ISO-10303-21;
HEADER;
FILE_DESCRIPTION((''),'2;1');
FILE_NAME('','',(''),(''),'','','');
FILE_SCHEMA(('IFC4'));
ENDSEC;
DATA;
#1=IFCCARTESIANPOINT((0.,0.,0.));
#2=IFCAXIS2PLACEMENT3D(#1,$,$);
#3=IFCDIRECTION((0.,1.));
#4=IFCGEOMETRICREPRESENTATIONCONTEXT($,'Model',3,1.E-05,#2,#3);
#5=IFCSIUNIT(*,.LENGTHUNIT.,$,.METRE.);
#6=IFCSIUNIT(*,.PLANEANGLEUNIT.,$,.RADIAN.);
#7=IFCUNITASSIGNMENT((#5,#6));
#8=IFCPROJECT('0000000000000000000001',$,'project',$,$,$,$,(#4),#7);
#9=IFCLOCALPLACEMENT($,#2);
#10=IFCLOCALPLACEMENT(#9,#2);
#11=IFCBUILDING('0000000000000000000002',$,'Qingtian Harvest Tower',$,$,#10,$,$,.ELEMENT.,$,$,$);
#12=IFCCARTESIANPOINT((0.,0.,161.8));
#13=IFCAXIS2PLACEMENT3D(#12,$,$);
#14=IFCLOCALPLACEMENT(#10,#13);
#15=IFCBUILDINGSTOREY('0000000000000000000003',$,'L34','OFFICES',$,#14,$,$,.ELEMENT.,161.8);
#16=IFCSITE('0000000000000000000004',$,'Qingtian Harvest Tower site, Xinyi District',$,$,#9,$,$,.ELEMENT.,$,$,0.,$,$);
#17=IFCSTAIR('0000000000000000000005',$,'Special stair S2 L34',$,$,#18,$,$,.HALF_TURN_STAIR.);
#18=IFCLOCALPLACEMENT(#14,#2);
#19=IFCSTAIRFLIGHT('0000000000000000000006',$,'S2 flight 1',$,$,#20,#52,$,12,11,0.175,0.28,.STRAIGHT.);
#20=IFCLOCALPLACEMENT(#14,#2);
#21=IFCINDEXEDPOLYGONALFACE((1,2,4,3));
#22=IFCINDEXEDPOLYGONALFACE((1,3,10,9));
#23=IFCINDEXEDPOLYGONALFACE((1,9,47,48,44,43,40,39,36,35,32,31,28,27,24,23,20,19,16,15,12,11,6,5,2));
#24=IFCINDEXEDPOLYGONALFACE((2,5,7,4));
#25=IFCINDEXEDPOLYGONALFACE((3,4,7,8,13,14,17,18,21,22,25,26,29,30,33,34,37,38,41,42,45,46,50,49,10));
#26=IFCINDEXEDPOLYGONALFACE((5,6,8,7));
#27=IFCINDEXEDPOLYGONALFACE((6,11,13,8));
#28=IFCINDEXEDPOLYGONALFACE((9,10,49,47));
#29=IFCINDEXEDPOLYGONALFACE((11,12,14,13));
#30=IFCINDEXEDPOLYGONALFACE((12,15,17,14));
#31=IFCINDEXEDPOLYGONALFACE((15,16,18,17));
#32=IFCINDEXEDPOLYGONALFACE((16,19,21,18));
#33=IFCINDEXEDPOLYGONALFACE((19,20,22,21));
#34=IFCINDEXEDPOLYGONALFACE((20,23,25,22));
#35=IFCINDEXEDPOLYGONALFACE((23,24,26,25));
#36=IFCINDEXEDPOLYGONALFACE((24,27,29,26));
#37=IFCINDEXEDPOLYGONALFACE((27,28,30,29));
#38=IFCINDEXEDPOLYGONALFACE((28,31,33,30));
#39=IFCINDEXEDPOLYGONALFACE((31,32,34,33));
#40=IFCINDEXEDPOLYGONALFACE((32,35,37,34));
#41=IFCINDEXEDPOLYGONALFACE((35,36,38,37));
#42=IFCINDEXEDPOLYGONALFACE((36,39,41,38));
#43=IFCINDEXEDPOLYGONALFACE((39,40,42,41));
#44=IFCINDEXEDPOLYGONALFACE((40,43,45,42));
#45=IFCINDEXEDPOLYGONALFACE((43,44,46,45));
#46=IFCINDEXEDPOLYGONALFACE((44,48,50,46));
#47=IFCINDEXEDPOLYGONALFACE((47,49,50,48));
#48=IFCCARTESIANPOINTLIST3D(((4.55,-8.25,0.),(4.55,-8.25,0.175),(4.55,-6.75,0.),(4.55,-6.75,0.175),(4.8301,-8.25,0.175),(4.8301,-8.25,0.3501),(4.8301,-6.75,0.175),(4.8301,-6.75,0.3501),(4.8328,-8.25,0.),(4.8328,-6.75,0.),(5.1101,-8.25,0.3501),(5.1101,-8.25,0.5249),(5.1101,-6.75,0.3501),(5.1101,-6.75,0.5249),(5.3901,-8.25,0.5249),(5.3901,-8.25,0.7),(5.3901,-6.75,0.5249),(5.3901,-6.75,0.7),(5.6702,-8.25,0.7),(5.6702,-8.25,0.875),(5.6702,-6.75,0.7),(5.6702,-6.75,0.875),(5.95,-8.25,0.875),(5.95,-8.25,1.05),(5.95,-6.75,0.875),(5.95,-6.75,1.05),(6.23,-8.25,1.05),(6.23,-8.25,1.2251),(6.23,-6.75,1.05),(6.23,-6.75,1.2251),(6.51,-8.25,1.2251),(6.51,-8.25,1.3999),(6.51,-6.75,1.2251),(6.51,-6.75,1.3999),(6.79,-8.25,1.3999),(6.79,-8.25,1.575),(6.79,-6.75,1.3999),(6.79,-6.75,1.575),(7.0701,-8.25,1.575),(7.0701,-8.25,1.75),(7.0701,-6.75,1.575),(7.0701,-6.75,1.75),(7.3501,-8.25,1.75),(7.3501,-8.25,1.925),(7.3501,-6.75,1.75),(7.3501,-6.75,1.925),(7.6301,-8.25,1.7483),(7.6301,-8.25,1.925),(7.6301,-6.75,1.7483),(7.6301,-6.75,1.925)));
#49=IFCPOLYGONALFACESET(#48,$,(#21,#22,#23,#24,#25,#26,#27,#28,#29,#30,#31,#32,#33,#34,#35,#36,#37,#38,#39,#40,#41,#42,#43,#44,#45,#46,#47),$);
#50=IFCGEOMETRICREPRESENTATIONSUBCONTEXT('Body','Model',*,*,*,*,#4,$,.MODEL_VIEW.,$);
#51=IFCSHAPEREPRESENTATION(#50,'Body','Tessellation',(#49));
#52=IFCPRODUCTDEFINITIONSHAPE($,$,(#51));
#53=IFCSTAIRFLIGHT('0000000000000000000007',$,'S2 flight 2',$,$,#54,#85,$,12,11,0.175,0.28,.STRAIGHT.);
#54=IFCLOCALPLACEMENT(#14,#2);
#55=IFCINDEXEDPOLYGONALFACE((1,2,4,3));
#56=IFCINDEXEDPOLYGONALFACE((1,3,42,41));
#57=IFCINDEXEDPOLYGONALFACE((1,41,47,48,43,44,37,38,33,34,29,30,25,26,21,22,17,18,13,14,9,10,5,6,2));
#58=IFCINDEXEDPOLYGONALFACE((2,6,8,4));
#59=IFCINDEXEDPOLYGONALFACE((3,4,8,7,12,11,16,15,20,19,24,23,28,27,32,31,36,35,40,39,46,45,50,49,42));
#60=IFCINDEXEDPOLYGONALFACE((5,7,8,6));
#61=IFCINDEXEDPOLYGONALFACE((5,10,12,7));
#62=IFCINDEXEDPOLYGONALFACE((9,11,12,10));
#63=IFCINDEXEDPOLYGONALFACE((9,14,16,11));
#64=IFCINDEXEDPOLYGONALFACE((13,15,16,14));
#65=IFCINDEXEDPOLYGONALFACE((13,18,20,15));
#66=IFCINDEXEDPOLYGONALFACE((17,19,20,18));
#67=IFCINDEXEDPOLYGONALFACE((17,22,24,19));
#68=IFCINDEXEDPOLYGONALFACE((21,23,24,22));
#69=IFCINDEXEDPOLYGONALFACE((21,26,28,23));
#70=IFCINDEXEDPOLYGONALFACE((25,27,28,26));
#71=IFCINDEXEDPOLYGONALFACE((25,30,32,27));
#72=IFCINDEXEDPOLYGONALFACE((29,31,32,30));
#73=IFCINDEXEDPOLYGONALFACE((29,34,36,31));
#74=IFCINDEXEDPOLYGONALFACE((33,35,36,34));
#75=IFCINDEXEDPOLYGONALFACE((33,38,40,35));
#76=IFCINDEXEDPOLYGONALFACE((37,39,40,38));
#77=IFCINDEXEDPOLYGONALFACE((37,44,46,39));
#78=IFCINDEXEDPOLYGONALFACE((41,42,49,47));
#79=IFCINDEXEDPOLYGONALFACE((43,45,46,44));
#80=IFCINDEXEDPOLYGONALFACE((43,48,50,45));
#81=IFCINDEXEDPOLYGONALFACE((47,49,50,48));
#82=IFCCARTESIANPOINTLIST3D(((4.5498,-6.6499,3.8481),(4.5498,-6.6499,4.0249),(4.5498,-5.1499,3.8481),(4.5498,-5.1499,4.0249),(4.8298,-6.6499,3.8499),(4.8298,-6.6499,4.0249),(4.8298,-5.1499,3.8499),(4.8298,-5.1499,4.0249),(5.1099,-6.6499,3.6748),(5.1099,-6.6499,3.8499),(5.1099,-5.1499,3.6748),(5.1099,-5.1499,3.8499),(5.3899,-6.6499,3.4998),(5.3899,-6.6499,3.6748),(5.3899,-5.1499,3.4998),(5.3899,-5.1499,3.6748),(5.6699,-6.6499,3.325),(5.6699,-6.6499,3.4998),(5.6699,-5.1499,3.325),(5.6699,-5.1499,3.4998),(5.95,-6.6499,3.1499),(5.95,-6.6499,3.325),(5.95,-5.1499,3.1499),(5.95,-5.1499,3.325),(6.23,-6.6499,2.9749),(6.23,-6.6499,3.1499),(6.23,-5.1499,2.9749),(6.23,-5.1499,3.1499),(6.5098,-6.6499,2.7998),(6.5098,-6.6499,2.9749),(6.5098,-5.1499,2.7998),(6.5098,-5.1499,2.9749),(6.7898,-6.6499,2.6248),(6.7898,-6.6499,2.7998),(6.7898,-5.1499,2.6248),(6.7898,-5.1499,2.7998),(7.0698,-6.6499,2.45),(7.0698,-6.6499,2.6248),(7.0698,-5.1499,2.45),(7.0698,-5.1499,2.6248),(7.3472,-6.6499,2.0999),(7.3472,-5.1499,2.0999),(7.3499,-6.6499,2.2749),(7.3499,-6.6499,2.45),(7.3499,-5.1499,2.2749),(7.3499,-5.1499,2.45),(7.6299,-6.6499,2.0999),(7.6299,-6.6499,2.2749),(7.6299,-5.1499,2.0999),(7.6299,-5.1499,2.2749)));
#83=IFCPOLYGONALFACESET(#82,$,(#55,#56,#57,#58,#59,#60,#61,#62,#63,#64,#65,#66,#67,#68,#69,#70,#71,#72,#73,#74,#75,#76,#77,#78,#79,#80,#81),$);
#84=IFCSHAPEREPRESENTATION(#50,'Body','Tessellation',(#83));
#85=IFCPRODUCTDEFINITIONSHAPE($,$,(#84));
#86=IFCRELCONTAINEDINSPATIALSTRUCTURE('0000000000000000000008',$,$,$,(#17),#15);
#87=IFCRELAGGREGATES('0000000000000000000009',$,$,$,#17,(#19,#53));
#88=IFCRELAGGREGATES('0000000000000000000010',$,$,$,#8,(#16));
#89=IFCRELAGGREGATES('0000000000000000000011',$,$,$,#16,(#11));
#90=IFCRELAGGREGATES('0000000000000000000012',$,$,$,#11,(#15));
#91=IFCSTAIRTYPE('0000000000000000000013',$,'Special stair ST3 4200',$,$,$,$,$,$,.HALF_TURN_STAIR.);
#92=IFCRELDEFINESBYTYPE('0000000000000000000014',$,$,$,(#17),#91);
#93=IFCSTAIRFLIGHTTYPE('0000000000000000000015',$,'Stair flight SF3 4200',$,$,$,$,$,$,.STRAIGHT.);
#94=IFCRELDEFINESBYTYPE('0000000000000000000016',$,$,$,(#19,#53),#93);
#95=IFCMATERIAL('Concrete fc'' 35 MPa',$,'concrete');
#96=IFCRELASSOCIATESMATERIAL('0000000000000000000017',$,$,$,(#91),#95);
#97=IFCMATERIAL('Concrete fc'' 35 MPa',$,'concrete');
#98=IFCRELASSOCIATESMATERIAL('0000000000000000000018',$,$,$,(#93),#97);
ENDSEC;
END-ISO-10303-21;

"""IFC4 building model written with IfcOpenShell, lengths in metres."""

from ifc_helpers import new_model, si_unit, direction, frame, origin, place, context, subcontext, project, spatial, polyline, outline, extrude, material, type_object, element, aggregate, save


model = new_model("IFC4")

# Units and contexts
model_context = context("Model", 3, precision=1e-05, world=origin(), true_north=direction((0.0, 1.0)))
body_context = subcontext(model_context, "Body", "Model", "MODEL_VIEW")
ifc_project = project(units=[si_unit("LENGTHUNIT", "METRE"), si_unit("PLANEANGLEUNIT", "RADIAN")], contexts=[model_context])

# Site, building, storey
site_placement = place(None, origin())
site = spatial("IfcSite", under=ifc_project, at=site_placement, Name="Qingtian Harvest Tower site, Xinyi District", CompositionType="ELEMENT", RefElevation=0.0)
building_placement = place(site_placement, origin())
building = spatial("IfcBuilding", under=site, at=building_placement, Name="Qingtian Harvest Tower", CompositionType="ELEMENT")
storey_placement = place(building_placement, frame((0.0, 0.0, 161.8)))
storey = spatial("IfcBuildingStorey", under=building, at=storey_placement, Name="L34", Description="OFFICES", CompositionType="ELEMENT", Elevation=161.8)

# Stair, stair flights
ifc_material_1 = material(Name="Concrete fc' 35 MPa", Category="concrete")
stair_type = type_object("IfcStairType", Name="Special stair ST3 4200", PredefinedType="HALF_TURN_STAIR", material=ifc_material_1)
stair_placement = place(storey_placement, origin())
stair = element("IfcStair", 1, at=stair_placement, inside=storey, type_object=stair_type, Name="Special stair S2 L34", PredefinedType="HALF_TURN_STAIR")
ifc_material_2 = material(Name="Concrete fc' 35 MPa", Category="concrete")
stair_flight_type = type_object("IfcStairFlightType", Name="Stair flight SF3 4200", PredefinedType="STRAIGHT", material=ifc_material_2)
stair_flight_1_placement = place(storey_placement, frame((4.55, -7.5, 0.0), z_axis=(0.0, 0.0, 1.0), x_axis=(1.0, 0.0, 0.0)))
stair_flight_1 = element("IfcStairFlight", 2, at=stair_flight_1_placement, type_object=stair_flight_type, Name="S2 flight 1", NumberOfRisers=12, NumberOfTreads=11, PredefinedType="STRAIGHT", RiserHeight=0.175, TreadLength=0.28, context=body_context, shape_type="SweptSolid", body=[
    extrude(outline(polyline([(0.0, 0.0), (0.0, 0.175), (0.28, 0.175), (0.28, 0.3501), (0.5601, 0.3501), (0.5601, 0.5249), (0.8401, 0.5249), (0.8401, 0.7), (1.1201, 0.7), (1.1201, 0.875), (1.3999, 0.875), (1.3999, 1.05), (1.6799, 1.05), (1.6799, 1.2251), (1.96, 1.2251), (1.96, 1.3999), (2.24, 1.3999), (2.24, 1.575), (2.52, 1.575), (2.52, 1.75), (2.8, 1.75), (2.8, 1.925), (3.0801, 1.925), (3.0801, 2.1001), (3.0801, 1.7483), (0.2827, 0.0), (0.0, 0.0)])), frame((0.0, 0.75, 0.0), z_axis=(0.0, -1.0, 0.0), x_axis=(1.0, 0.0, 0.0)), (0.0, 0.0, 1.0), 1.5),
])
stair_flight_2_placement = place(storey_placement, frame((7.6299, -5.8999, 2.0999), z_axis=(0.0, 0.0, 1.0), x_axis=(-1.0, 0.0, 0.0)))
stair_flight_2 = element("IfcStairFlight", 3, at=stair_flight_2_placement, type_object=stair_flight_type, Name="S2 flight 2", NumberOfRisers=12, NumberOfTreads=11, PredefinedType="STRAIGHT", RiserHeight=0.175, TreadLength=0.28, context=body_context, shape_type="SweptSolid", body=[
    extrude(outline(polyline([(0.0, 0.0), (0.0, 0.175), (0.28, 0.175), (0.28, 0.3501), (0.5601, 0.3501), (0.5601, 0.5249), (0.8401, 0.5249), (0.8401, 0.7), (1.1201, 0.7), (1.1201, 0.875), (1.3999, 0.875), (1.3999, 1.05), (1.6799, 1.05), (1.6799, 1.2251), (1.96, 1.2251), (1.96, 1.3999), (2.24, 1.3999), (2.24, 1.575), (2.52, 1.575), (2.52, 1.75), (2.8, 1.75), (2.8, 1.925), (3.0801, 1.925), (3.0801, 2.1001), (3.0801, 1.7483), (0.2827, 0.0), (0.0, 0.0)])), frame((0.0, 0.75, 0.0), z_axis=(0.0, -1.0, 0.0), x_axis=(1.0, 0.0, 0.0)), (0.0, 0.0, 1.0), 1.5),
])
aggregate(stair, [stair_flight_1, stair_flight_2])

save(model, "model.ifc")
